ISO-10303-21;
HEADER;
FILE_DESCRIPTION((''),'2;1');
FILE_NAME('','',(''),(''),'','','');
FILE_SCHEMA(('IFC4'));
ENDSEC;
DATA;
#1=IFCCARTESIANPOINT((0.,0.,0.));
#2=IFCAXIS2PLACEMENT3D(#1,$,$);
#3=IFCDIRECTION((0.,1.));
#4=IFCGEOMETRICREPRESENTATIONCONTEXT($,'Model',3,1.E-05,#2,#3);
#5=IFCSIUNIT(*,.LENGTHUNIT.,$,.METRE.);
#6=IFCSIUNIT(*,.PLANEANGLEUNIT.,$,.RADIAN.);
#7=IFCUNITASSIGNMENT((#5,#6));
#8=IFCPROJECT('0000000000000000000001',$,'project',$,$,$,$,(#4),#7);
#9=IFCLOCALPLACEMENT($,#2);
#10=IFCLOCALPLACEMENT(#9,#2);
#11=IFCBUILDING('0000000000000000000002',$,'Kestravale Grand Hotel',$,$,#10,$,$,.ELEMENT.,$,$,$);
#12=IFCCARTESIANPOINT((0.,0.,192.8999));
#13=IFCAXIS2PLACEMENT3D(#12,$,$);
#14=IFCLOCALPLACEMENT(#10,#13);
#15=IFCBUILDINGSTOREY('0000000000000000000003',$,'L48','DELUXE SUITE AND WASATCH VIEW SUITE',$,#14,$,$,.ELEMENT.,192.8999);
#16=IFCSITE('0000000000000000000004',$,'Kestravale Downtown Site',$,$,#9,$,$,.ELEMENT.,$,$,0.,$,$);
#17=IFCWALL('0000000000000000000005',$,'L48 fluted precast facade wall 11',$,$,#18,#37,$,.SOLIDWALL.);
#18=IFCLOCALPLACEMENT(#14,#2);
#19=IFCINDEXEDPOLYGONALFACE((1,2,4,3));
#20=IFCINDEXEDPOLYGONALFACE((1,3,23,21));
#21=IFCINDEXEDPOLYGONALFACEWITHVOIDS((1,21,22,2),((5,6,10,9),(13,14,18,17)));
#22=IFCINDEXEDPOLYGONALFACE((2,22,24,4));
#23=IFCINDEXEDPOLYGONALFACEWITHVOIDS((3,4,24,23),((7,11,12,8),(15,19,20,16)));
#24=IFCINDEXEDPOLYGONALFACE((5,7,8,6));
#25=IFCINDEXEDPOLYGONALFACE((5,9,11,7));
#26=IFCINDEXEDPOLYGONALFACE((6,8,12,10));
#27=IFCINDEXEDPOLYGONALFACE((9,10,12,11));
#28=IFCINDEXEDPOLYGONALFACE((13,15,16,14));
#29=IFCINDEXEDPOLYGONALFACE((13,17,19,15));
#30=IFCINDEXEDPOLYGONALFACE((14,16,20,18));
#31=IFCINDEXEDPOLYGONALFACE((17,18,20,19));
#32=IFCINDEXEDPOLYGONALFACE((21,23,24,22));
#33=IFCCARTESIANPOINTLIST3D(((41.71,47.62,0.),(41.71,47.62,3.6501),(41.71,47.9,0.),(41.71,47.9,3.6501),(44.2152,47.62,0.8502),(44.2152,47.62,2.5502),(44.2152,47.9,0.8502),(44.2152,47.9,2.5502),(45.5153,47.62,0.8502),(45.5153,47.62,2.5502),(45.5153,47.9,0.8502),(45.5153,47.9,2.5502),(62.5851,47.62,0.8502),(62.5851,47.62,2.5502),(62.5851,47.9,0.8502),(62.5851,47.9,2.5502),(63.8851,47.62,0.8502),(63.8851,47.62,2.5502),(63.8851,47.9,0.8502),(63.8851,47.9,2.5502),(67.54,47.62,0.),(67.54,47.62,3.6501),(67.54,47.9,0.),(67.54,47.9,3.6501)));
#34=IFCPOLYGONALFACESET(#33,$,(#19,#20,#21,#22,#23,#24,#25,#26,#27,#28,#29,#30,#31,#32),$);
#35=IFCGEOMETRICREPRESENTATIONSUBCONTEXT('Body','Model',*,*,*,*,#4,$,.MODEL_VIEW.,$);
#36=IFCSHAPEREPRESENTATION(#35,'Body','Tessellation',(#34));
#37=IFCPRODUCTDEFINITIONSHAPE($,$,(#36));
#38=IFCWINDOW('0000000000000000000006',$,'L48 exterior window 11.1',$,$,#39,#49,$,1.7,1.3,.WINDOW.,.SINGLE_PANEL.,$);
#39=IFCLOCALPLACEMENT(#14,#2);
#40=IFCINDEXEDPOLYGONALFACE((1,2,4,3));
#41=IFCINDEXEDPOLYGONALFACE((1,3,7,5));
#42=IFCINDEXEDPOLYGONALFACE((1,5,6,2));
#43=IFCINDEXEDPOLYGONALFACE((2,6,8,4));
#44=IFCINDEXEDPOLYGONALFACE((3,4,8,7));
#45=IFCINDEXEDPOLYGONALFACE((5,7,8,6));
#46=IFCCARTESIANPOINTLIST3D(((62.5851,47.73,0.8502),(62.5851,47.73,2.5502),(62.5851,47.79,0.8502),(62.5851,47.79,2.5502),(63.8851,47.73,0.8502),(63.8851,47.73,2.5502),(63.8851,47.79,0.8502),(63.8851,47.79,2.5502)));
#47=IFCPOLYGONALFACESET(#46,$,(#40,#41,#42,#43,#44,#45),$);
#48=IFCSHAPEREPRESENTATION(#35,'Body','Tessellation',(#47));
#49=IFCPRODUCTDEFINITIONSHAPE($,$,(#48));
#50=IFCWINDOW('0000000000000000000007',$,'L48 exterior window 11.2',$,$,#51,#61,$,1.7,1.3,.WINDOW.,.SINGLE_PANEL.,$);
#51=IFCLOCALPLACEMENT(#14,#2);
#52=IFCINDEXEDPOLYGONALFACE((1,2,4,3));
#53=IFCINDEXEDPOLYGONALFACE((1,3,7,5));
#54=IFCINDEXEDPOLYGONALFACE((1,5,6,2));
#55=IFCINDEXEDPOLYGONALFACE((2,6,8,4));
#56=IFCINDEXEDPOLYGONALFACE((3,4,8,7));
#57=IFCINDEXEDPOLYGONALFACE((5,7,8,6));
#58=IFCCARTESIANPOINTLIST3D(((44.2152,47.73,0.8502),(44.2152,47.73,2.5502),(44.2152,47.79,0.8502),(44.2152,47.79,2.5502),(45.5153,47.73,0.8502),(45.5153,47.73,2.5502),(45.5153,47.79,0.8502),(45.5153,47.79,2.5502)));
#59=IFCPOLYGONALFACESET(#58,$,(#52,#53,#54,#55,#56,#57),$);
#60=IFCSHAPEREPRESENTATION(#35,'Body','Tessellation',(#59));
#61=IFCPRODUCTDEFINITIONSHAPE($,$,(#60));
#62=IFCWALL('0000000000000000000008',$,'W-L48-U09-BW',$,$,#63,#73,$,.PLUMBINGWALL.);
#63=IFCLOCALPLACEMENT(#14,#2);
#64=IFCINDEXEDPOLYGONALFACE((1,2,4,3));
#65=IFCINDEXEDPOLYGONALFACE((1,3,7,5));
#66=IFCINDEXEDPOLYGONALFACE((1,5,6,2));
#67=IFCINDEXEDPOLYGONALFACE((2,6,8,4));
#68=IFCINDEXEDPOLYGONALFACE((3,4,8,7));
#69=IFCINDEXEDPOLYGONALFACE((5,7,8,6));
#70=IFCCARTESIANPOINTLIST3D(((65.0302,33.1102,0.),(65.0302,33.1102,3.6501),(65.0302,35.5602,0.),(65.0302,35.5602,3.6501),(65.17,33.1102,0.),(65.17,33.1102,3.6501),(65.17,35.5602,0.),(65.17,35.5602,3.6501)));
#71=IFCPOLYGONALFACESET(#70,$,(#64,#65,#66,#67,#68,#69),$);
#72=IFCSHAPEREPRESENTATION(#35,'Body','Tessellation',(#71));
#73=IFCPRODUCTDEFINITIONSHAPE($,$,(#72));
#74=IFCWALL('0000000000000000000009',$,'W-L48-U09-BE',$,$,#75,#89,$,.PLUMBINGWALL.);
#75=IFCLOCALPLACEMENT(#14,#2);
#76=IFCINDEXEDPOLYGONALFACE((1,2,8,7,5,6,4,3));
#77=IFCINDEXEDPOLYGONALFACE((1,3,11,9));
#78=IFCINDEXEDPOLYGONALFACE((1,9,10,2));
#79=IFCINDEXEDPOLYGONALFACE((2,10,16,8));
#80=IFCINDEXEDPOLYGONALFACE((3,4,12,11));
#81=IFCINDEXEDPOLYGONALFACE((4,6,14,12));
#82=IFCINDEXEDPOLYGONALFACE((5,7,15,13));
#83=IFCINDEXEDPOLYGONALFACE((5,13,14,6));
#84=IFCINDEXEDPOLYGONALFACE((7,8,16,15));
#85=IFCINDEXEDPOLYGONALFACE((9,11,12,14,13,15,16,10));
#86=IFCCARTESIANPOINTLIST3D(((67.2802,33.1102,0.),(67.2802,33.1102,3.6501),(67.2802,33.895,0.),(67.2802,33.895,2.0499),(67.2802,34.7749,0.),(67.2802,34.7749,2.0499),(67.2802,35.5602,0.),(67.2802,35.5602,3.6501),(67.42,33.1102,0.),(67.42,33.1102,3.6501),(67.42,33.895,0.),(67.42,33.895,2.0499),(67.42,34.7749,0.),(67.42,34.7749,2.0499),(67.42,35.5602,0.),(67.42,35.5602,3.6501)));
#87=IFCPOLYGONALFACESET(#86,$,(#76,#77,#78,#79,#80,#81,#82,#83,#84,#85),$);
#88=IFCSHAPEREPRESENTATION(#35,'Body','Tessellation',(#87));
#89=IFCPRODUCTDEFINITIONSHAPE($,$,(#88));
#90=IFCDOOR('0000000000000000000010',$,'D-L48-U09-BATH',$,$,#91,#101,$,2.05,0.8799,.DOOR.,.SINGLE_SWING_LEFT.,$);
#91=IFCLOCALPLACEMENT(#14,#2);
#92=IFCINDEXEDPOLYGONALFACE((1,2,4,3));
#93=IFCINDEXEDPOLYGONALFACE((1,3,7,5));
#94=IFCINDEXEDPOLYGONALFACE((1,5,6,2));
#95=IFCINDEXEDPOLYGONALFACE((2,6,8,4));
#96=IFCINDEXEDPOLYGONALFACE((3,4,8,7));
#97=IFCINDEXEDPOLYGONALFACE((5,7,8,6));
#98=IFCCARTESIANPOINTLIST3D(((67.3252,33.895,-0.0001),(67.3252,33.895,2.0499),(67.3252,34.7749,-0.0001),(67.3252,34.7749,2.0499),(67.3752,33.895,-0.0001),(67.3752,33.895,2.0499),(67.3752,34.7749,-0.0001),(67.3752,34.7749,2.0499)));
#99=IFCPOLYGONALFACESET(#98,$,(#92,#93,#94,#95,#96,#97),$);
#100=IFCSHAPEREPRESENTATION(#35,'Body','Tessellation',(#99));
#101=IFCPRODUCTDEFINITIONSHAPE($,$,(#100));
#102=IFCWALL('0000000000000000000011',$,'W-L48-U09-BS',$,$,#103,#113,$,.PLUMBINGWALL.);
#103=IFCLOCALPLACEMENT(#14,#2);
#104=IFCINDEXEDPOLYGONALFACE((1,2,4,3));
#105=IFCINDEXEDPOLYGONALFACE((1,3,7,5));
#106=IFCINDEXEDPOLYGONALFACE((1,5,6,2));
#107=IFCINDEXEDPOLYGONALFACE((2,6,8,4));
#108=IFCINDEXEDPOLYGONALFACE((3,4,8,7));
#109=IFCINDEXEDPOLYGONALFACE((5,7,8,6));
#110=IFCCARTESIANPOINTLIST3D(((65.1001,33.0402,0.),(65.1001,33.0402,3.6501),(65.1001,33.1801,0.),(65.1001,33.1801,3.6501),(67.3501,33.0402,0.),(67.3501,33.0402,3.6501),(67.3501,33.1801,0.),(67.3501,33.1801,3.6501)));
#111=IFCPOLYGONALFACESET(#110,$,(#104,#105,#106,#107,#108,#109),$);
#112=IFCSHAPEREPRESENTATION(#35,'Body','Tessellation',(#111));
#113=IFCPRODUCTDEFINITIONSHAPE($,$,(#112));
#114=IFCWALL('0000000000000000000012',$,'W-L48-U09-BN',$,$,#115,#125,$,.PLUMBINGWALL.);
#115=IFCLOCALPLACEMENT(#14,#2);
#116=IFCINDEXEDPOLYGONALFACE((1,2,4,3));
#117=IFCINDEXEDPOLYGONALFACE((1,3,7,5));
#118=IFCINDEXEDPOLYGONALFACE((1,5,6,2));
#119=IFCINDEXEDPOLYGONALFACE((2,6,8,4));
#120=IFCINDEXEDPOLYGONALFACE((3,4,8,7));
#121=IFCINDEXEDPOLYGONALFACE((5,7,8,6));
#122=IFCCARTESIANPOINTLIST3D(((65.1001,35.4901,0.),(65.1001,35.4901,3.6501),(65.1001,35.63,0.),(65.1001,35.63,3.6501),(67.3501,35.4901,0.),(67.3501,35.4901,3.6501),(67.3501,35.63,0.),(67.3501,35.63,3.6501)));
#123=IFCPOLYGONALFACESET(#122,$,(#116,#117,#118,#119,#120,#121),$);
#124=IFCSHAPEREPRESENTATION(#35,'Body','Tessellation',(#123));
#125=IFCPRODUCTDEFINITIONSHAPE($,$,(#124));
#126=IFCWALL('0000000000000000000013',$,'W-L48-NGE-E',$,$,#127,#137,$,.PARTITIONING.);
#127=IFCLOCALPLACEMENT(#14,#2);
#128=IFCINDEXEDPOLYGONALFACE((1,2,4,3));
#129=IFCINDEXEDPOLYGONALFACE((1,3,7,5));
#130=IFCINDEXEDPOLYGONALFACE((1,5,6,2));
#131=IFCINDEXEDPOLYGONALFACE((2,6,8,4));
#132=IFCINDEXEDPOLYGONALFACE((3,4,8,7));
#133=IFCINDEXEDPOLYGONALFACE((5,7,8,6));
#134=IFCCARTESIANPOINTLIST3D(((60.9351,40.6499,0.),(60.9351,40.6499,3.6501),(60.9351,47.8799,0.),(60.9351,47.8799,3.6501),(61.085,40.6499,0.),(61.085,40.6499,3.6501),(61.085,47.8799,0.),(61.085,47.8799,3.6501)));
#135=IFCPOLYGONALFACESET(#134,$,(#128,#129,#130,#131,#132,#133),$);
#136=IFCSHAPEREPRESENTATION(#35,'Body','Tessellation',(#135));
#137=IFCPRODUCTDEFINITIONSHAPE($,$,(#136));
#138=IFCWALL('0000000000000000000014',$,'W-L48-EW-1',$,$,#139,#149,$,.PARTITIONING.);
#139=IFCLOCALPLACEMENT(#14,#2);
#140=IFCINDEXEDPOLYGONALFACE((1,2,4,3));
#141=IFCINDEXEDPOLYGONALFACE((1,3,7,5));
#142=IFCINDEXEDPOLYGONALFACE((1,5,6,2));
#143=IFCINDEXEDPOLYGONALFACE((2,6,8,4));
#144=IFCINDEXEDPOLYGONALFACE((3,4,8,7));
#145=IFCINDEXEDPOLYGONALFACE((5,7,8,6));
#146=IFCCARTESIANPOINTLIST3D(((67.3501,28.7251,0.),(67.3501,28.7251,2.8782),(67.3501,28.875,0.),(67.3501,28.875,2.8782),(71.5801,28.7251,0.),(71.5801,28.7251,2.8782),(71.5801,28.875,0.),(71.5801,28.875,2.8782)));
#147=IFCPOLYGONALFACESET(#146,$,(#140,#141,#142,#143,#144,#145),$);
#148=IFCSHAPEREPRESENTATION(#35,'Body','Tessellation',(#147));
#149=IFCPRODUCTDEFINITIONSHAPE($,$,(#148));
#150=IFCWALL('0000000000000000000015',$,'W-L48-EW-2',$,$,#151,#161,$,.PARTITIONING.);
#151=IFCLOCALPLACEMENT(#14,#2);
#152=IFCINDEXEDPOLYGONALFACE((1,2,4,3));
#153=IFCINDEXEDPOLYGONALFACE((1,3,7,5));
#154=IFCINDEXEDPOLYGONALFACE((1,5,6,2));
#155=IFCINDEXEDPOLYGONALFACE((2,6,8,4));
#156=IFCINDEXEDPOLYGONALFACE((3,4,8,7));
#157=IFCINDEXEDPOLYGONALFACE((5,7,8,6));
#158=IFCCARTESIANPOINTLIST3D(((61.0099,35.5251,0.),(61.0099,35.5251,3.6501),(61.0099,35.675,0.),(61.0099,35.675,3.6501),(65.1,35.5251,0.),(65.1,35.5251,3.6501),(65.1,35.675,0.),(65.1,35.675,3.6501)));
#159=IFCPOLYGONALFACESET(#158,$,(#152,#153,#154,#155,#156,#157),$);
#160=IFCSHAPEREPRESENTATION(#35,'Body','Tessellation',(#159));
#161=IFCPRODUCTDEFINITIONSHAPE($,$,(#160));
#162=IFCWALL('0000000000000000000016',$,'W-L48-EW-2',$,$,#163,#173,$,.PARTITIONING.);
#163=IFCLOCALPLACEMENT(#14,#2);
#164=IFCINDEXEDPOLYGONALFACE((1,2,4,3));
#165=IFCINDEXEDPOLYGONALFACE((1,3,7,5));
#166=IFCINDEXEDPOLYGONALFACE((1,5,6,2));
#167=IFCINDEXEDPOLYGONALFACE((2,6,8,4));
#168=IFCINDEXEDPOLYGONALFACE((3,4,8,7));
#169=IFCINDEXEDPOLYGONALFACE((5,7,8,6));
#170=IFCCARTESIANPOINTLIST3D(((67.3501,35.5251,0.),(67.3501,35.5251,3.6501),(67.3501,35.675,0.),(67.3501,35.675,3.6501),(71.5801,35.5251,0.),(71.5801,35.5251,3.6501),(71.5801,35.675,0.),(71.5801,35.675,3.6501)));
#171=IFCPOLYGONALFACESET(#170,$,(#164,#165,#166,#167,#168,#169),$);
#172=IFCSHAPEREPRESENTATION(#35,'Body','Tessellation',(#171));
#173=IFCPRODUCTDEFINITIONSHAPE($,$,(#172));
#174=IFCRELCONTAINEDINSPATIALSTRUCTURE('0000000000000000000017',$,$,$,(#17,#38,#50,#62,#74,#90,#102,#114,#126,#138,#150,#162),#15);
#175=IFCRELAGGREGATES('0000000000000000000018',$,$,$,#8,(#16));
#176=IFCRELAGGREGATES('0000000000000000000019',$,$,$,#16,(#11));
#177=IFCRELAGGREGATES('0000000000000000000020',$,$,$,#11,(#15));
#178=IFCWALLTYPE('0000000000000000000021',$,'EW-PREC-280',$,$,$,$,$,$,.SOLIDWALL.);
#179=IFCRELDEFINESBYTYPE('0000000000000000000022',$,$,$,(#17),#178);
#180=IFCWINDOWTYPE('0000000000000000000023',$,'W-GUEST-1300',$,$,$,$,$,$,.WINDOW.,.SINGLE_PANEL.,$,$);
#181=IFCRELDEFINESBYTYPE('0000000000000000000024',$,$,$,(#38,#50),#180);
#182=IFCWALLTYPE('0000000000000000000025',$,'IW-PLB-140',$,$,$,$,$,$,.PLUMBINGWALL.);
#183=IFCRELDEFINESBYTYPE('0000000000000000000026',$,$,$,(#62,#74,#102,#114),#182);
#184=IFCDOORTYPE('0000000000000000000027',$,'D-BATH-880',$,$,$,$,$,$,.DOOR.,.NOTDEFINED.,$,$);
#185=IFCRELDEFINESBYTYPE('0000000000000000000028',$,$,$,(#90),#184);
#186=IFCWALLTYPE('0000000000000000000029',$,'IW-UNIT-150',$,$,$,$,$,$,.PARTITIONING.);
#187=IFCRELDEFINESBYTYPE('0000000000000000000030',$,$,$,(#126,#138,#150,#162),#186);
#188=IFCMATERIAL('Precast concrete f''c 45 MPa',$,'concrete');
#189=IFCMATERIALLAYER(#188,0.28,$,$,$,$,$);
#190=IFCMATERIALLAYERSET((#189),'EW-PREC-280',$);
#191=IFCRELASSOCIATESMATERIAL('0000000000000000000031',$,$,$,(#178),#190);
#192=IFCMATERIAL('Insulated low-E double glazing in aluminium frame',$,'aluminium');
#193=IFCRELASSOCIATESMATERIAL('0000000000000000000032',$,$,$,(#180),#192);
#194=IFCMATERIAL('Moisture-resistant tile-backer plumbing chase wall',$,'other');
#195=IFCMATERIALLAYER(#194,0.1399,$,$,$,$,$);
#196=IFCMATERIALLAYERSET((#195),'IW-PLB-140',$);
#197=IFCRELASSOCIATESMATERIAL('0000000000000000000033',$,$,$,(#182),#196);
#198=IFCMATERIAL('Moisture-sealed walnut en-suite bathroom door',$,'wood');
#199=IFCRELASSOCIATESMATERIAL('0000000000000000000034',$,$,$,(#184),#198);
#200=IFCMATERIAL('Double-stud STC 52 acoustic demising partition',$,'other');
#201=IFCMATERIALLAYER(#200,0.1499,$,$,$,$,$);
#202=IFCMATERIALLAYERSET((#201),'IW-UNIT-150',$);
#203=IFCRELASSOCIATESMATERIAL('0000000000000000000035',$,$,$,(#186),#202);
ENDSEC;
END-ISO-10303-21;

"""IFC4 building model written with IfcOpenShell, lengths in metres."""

from ifc_helpers import new_model, si_unit, direction, frame, frame_2d, origin, place, context, subcontext, project, spatial, rectangle, extrude, material, layer, layer_set, type_object, element, fill, save


model = new_model("IFC4")

# Units and contexts
model_context = context("Model", 3, precision=1e-05, world=origin(), true_north=direction((0.0, 1.0)))
body_context = subcontext(model_context, "Body", "Model", "MODEL_VIEW")
ifc_project = project(units=[si_unit("LENGTHUNIT", "METRE"), si_unit("PLANEANGLEUNIT", "RADIAN")], contexts=[model_context])

# Site, building, storey
site_placement = place(None, origin())
site = spatial("IfcSite", under=ifc_project, at=site_placement, Name="Kestravale Downtown Site", CompositionType="ELEMENT", RefElevation=0.0)
building_placement = place(site_placement, origin())
building = spatial("IfcBuilding", under=site, at=building_placement, Name="Kestravale Grand Hotel", CompositionType="ELEMENT")
storey_placement = place(building_placement, frame((0.0, 0.0, 192.8999)))
storey = spatial("IfcBuildingStorey", under=building, at=storey_placement, Name="L48", Description="DELUXE SUITE AND WASATCH VIEW SUITE", CompositionType="ELEMENT", Elevation=192.8999)

# Shared definitions
ifc_material_1 = material(Name="Precast concrete f'c 45 MPa", Category="concrete")
ifc_layer_1 = layer(ifc_material_1, 0.28)
ifc_layer_set_1 = layer_set([ifc_layer_1], Name="EW-PREC-280")
wall_type_1 = type_object("IfcWallType", Name="EW-PREC-280", PredefinedType="SOLIDWALL", material=ifc_layer_set_1)
ifc_material_2 = material(Name="Insulated low-E double glazing in aluminium frame", Category="aluminium")
window_type = type_object("IfcWindowType", Name="W-GUEST-1300", PartitioningType="SINGLE_PANEL", PredefinedType="WINDOW", material=ifc_material_2)

# Wall, openings, windows
wall_1_placement = place(storey_placement, frame((67.54, 47.76, 0.0), z_axis=(0.0, 0.0, 1.0), x_axis=(-1.0, 0.0, 0.0)))
wall_1 = element("IfcWall", 1, at=wall_1_placement, inside=storey, type_object=wall_type_1, Name="L48 fluted precast facade wall 11", PredefinedType="SOLIDWALL", context=body_context, shape_type="SweptSolid", body=[
    extrude(rectangle(XDim=25.8301, YDim=0.28, at=frame_2d((12.915, 0.0))), origin(), (0.0, 0.0, 1.0), 3.6501),
])
opening_1_placement = place(wall_1_placement, frame((3.655, 0.0, 0.8501)))
opening_1 = element("IfcOpeningElement", 2, at=opening_1_placement, cuts=wall_1, PredefinedType="OPENING", context=body_context, shape_type="SweptSolid", body=[
    extrude(rectangle(XDim=1.3, YDim=1.7, at=frame_2d((0.6499, 0.8501))), frame((0.0, 0.1499, 0.0), z_axis=(0.0, -1.0, 0.0), x_axis=(1.0, 0.0, 0.0)), (0.0, 0.0, 1.0), 0.3),
])
opening_2_placement = place(wall_1_placement, frame((22.0249, 0.0, 0.8501)))
opening_2 = element("IfcOpeningElement", 3, at=opening_2_placement, cuts=wall_1, PredefinedType="OPENING", context=body_context, shape_type="SweptSolid", body=[
    extrude(rectangle(XDim=1.3, YDim=1.7, at=frame_2d((0.6499, 0.8501))), frame((0.0, 0.1499, 0.0), z_axis=(0.0, -1.0, 0.0), x_axis=(1.0, 0.0, 0.0)), (0.0, 0.0, 1.0), 0.3),
])
window_1_placement = place(opening_1_placement, origin())
window_1 = element("IfcWindow", 4, at=window_1_placement, inside=storey, type_object=window_type, Name="L48 exterior window 11.1", OverallHeight=1.7, OverallWidth=1.3, PartitioningType="SINGLE_PANEL", PredefinedType="WINDOW", context=body_context, shape_type="SweptSolid", body=[
    extrude(rectangle(XDim=1.3, YDim=1.7, at=frame_2d((0.6499, 0.8501))), frame((0.0, 0.03, 0.0), z_axis=(0.0, -1.0, 0.0), x_axis=(1.0, 0.0, 0.0)), (0.0, 0.0, 1.0), 0.0601),
])
fill(opening_1, window_1)
window_2_placement = place(opening_2_placement, origin())
window_2 = element("IfcWindow", 5, at=window_2_placement, inside=storey, type_object=window_type, Name="L48 exterior window 11.2", OverallHeight=1.7, OverallWidth=1.3, PartitioningType="SINGLE_PANEL", PredefinedType="WINDOW", context=body_context, shape_type="SweptSolid", body=[
    extrude(rectangle(XDim=1.3, YDim=1.7, at=frame_2d((0.6499, 0.8501))), frame((0.0, 0.03, 0.0), z_axis=(0.0, -1.0, 0.0), x_axis=(1.0, 0.0, 0.0)), (0.0, 0.0, 1.0), 0.0601),
])
fill(opening_2, window_2)

# Wall
ifc_material_3 = material(Name="Moisture-resistant tile-backer plumbing chase wall", Category="other")
ifc_layer_2 = layer(ifc_material_3, 0.1399)
ifc_layer_set_2 = layer_set([ifc_layer_2], Name="IW-PLB-140")
wall_type_2 = type_object("IfcWallType", Name="IW-PLB-140", PredefinedType="PLUMBINGWALL", material=ifc_layer_set_2)
wall_2_placement = place(storey_placement, frame((65.1001, 33.1101, 0.0), z_axis=(0.0, 0.0, 1.0), x_axis=(0.0, 1.0, 0.0)))
element("IfcWall", 6, at=wall_2_placement, inside=storey, type_object=wall_type_2, Name="W-L48-U09-BW", PredefinedType="PLUMBINGWALL", context=body_context, shape_type="SweptSolid", body=[
    extrude(rectangle(XDim=2.45, YDim=0.1399, at=frame_2d((1.2251, 0.0))), origin(), (0.0, 0.0, 1.0), 3.6501),
])

# Wall, opening, door
wall_3_placement = place(storey_placement, frame((67.3501, 33.1101, 0.0), z_axis=(0.0, 0.0, 1.0), x_axis=(0.0, 1.0, 0.0)))
wall_3 = element("IfcWall", 7, at=wall_3_placement, inside=storey, type_object=wall_type_2, Name="W-L48-U09-BE", PredefinedType="PLUMBINGWALL", context=body_context, shape_type="SweptSolid", body=[
    extrude(rectangle(XDim=2.45, YDim=0.1399, at=frame_2d((1.2251, 0.0))), origin(), (0.0, 0.0, 1.0), 3.6501),
])
opening_3_placement = place(wall_3_placement, frame((0.7849, 0.0, 0.0)))
opening_3 = element("IfcOpeningElement", 8, at=opening_3_placement, cuts=wall_3, PredefinedType="OPENING", context=body_context, shape_type="SweptSolid", body=[
    extrude(rectangle(XDim=0.8799, YDim=2.05, at=frame_2d((0.4399, 1.0249))), frame((0.0, 0.0798, 0.0), z_axis=(0.0, -1.0, 0.0), x_axis=(1.0, 0.0, 0.0)), (0.0, 0.0, 1.0), 0.1599),
])
ifc_material_4 = material(Name="Moisture-sealed walnut en-suite bathroom door", Category="wood")
door_type = type_object("IfcDoorType", Name="D-BATH-880", OperationType="NOTDEFINED", PredefinedType="DOOR", material=ifc_material_4)
door_placement = place(opening_3_placement, origin())
door = element("IfcDoor", 9, at=door_placement, inside=storey, type_object=door_type, Name="D-L48-U09-BATH", OperationType="SINGLE_SWING_LEFT", OverallHeight=2.05, OverallWidth=0.8799, PredefinedType="DOOR", context=body_context, shape_type="SweptSolid", body=[
    extrude(rectangle(XDim=0.8799, YDim=2.05, at=frame_2d((0.4399, 1.0249))), frame((0.0, 0.0249, 0.0), z_axis=(0.0, -1.0, 0.0), x_axis=(1.0, 0.0, 0.0)), (0.0, 0.0, 1.0), 0.05),
])
fill(opening_3, door)

# Walls
for number, where, z_axis, x_axis, name in (
    (10, (65.1001, 33.1101, 0.0), (0.0, 0.0, 1.0), (1.0, 0.0, 0.0), "W-L48-U09-BS"),
    (11, (65.1001, 35.5601, 0.0), (0.0, 0.0, 1.0), (1.0, 0.0, 0.0), "W-L48-U09-BN"),
):
    element("IfcWall", number, at=place(storey_placement, frame(where, z_axis=z_axis, x_axis=x_axis)), inside=storey, type_object=wall_type_2, Name=name, PredefinedType="PLUMBINGWALL", context=body_context, shape_type="SweptSolid", body=[
        extrude(rectangle(XDim=2.25, YDim=0.1399, at=frame_2d((1.125, 0.0))), origin(), (0.0, 0.0, 1.0), 3.6501),
    ])
ifc_material_5 = material(Name="Double-stud STC 52 acoustic demising partition", Category="other")
ifc_layer_3 = layer(ifc_material_5, 0.1499)
ifc_layer_set_3 = layer_set([ifc_layer_3], Name="IW-UNIT-150")
wall_type_3 = type_object("IfcWallType", Name="IW-UNIT-150", PredefinedType="PARTITIONING", material=ifc_layer_set_3)
wall_4_placement = place(storey_placement, frame((61.01, 40.6499, 0.0), z_axis=(0.0, 0.0, 1.0), x_axis=(0.0, 1.0, 0.0)))
element("IfcWall", 12, at=wall_4_placement, inside=storey, type_object=wall_type_3, Name="W-L48-NGE-E", PredefinedType="PARTITIONING", context=body_context, shape_type="SweptSolid", body=[
    extrude(rectangle(XDim=7.23, YDim=0.1499, at=frame_2d((3.615, 0.0))), origin(), (0.0, 0.0, 1.0), 3.6501),
])
wall_5_placement = place(storey_placement, frame((67.3501, 28.8, 0.0), z_axis=(0.0, 0.0, 1.0), x_axis=(1.0, 0.0, 0.0)))
element("IfcWall", 13, at=wall_5_placement, inside=storey, type_object=wall_type_3, Name="W-L48-EW-1", PredefinedType="PARTITIONING", context=body_context, shape_type="SweptSolid", body=[
    extrude(rectangle(XDim=4.23, YDim=0.1499, at=frame_2d((2.115, 0.0))), origin(), (0.0, 0.0, 1.0), 2.8782),
])
wall_6_placement = place(storey_placement, frame((61.01, 35.6001, 0.0), z_axis=(0.0, 0.0, 1.0), x_axis=(1.0, 0.0, 0.0)))
element("IfcWall", 14, at=wall_6_placement, inside=storey, type_object=wall_type_3, Name="W-L48-EW-2", PredefinedType="PARTITIONING", context=body_context, shape_type="SweptSolid", body=[
    extrude(rectangle(XDim=4.0901, YDim=0.1499, at=frame_2d((2.0449, 0.0))), origin(), (0.0, 0.0, 1.0), 3.6501),
])
wall_7_placement = place(storey_placement, frame((67.3501, 35.6001, 0.0), z_axis=(0.0, 0.0, 1.0), x_axis=(1.0, 0.0, 0.0)))
element("IfcWall", 15, at=wall_7_placement, inside=storey, type_object=wall_type_3, Name="W-L48-EW-2", PredefinedType="PARTITIONING", context=body_context, shape_type="SweptSolid", body=[
    extrude(rectangle(XDim=4.23, YDim=0.1499, at=frame_2d((2.115, 0.0))), origin(), (0.0, 0.0, 1.0), 3.6501),
])

save(model, "model.ifc")
